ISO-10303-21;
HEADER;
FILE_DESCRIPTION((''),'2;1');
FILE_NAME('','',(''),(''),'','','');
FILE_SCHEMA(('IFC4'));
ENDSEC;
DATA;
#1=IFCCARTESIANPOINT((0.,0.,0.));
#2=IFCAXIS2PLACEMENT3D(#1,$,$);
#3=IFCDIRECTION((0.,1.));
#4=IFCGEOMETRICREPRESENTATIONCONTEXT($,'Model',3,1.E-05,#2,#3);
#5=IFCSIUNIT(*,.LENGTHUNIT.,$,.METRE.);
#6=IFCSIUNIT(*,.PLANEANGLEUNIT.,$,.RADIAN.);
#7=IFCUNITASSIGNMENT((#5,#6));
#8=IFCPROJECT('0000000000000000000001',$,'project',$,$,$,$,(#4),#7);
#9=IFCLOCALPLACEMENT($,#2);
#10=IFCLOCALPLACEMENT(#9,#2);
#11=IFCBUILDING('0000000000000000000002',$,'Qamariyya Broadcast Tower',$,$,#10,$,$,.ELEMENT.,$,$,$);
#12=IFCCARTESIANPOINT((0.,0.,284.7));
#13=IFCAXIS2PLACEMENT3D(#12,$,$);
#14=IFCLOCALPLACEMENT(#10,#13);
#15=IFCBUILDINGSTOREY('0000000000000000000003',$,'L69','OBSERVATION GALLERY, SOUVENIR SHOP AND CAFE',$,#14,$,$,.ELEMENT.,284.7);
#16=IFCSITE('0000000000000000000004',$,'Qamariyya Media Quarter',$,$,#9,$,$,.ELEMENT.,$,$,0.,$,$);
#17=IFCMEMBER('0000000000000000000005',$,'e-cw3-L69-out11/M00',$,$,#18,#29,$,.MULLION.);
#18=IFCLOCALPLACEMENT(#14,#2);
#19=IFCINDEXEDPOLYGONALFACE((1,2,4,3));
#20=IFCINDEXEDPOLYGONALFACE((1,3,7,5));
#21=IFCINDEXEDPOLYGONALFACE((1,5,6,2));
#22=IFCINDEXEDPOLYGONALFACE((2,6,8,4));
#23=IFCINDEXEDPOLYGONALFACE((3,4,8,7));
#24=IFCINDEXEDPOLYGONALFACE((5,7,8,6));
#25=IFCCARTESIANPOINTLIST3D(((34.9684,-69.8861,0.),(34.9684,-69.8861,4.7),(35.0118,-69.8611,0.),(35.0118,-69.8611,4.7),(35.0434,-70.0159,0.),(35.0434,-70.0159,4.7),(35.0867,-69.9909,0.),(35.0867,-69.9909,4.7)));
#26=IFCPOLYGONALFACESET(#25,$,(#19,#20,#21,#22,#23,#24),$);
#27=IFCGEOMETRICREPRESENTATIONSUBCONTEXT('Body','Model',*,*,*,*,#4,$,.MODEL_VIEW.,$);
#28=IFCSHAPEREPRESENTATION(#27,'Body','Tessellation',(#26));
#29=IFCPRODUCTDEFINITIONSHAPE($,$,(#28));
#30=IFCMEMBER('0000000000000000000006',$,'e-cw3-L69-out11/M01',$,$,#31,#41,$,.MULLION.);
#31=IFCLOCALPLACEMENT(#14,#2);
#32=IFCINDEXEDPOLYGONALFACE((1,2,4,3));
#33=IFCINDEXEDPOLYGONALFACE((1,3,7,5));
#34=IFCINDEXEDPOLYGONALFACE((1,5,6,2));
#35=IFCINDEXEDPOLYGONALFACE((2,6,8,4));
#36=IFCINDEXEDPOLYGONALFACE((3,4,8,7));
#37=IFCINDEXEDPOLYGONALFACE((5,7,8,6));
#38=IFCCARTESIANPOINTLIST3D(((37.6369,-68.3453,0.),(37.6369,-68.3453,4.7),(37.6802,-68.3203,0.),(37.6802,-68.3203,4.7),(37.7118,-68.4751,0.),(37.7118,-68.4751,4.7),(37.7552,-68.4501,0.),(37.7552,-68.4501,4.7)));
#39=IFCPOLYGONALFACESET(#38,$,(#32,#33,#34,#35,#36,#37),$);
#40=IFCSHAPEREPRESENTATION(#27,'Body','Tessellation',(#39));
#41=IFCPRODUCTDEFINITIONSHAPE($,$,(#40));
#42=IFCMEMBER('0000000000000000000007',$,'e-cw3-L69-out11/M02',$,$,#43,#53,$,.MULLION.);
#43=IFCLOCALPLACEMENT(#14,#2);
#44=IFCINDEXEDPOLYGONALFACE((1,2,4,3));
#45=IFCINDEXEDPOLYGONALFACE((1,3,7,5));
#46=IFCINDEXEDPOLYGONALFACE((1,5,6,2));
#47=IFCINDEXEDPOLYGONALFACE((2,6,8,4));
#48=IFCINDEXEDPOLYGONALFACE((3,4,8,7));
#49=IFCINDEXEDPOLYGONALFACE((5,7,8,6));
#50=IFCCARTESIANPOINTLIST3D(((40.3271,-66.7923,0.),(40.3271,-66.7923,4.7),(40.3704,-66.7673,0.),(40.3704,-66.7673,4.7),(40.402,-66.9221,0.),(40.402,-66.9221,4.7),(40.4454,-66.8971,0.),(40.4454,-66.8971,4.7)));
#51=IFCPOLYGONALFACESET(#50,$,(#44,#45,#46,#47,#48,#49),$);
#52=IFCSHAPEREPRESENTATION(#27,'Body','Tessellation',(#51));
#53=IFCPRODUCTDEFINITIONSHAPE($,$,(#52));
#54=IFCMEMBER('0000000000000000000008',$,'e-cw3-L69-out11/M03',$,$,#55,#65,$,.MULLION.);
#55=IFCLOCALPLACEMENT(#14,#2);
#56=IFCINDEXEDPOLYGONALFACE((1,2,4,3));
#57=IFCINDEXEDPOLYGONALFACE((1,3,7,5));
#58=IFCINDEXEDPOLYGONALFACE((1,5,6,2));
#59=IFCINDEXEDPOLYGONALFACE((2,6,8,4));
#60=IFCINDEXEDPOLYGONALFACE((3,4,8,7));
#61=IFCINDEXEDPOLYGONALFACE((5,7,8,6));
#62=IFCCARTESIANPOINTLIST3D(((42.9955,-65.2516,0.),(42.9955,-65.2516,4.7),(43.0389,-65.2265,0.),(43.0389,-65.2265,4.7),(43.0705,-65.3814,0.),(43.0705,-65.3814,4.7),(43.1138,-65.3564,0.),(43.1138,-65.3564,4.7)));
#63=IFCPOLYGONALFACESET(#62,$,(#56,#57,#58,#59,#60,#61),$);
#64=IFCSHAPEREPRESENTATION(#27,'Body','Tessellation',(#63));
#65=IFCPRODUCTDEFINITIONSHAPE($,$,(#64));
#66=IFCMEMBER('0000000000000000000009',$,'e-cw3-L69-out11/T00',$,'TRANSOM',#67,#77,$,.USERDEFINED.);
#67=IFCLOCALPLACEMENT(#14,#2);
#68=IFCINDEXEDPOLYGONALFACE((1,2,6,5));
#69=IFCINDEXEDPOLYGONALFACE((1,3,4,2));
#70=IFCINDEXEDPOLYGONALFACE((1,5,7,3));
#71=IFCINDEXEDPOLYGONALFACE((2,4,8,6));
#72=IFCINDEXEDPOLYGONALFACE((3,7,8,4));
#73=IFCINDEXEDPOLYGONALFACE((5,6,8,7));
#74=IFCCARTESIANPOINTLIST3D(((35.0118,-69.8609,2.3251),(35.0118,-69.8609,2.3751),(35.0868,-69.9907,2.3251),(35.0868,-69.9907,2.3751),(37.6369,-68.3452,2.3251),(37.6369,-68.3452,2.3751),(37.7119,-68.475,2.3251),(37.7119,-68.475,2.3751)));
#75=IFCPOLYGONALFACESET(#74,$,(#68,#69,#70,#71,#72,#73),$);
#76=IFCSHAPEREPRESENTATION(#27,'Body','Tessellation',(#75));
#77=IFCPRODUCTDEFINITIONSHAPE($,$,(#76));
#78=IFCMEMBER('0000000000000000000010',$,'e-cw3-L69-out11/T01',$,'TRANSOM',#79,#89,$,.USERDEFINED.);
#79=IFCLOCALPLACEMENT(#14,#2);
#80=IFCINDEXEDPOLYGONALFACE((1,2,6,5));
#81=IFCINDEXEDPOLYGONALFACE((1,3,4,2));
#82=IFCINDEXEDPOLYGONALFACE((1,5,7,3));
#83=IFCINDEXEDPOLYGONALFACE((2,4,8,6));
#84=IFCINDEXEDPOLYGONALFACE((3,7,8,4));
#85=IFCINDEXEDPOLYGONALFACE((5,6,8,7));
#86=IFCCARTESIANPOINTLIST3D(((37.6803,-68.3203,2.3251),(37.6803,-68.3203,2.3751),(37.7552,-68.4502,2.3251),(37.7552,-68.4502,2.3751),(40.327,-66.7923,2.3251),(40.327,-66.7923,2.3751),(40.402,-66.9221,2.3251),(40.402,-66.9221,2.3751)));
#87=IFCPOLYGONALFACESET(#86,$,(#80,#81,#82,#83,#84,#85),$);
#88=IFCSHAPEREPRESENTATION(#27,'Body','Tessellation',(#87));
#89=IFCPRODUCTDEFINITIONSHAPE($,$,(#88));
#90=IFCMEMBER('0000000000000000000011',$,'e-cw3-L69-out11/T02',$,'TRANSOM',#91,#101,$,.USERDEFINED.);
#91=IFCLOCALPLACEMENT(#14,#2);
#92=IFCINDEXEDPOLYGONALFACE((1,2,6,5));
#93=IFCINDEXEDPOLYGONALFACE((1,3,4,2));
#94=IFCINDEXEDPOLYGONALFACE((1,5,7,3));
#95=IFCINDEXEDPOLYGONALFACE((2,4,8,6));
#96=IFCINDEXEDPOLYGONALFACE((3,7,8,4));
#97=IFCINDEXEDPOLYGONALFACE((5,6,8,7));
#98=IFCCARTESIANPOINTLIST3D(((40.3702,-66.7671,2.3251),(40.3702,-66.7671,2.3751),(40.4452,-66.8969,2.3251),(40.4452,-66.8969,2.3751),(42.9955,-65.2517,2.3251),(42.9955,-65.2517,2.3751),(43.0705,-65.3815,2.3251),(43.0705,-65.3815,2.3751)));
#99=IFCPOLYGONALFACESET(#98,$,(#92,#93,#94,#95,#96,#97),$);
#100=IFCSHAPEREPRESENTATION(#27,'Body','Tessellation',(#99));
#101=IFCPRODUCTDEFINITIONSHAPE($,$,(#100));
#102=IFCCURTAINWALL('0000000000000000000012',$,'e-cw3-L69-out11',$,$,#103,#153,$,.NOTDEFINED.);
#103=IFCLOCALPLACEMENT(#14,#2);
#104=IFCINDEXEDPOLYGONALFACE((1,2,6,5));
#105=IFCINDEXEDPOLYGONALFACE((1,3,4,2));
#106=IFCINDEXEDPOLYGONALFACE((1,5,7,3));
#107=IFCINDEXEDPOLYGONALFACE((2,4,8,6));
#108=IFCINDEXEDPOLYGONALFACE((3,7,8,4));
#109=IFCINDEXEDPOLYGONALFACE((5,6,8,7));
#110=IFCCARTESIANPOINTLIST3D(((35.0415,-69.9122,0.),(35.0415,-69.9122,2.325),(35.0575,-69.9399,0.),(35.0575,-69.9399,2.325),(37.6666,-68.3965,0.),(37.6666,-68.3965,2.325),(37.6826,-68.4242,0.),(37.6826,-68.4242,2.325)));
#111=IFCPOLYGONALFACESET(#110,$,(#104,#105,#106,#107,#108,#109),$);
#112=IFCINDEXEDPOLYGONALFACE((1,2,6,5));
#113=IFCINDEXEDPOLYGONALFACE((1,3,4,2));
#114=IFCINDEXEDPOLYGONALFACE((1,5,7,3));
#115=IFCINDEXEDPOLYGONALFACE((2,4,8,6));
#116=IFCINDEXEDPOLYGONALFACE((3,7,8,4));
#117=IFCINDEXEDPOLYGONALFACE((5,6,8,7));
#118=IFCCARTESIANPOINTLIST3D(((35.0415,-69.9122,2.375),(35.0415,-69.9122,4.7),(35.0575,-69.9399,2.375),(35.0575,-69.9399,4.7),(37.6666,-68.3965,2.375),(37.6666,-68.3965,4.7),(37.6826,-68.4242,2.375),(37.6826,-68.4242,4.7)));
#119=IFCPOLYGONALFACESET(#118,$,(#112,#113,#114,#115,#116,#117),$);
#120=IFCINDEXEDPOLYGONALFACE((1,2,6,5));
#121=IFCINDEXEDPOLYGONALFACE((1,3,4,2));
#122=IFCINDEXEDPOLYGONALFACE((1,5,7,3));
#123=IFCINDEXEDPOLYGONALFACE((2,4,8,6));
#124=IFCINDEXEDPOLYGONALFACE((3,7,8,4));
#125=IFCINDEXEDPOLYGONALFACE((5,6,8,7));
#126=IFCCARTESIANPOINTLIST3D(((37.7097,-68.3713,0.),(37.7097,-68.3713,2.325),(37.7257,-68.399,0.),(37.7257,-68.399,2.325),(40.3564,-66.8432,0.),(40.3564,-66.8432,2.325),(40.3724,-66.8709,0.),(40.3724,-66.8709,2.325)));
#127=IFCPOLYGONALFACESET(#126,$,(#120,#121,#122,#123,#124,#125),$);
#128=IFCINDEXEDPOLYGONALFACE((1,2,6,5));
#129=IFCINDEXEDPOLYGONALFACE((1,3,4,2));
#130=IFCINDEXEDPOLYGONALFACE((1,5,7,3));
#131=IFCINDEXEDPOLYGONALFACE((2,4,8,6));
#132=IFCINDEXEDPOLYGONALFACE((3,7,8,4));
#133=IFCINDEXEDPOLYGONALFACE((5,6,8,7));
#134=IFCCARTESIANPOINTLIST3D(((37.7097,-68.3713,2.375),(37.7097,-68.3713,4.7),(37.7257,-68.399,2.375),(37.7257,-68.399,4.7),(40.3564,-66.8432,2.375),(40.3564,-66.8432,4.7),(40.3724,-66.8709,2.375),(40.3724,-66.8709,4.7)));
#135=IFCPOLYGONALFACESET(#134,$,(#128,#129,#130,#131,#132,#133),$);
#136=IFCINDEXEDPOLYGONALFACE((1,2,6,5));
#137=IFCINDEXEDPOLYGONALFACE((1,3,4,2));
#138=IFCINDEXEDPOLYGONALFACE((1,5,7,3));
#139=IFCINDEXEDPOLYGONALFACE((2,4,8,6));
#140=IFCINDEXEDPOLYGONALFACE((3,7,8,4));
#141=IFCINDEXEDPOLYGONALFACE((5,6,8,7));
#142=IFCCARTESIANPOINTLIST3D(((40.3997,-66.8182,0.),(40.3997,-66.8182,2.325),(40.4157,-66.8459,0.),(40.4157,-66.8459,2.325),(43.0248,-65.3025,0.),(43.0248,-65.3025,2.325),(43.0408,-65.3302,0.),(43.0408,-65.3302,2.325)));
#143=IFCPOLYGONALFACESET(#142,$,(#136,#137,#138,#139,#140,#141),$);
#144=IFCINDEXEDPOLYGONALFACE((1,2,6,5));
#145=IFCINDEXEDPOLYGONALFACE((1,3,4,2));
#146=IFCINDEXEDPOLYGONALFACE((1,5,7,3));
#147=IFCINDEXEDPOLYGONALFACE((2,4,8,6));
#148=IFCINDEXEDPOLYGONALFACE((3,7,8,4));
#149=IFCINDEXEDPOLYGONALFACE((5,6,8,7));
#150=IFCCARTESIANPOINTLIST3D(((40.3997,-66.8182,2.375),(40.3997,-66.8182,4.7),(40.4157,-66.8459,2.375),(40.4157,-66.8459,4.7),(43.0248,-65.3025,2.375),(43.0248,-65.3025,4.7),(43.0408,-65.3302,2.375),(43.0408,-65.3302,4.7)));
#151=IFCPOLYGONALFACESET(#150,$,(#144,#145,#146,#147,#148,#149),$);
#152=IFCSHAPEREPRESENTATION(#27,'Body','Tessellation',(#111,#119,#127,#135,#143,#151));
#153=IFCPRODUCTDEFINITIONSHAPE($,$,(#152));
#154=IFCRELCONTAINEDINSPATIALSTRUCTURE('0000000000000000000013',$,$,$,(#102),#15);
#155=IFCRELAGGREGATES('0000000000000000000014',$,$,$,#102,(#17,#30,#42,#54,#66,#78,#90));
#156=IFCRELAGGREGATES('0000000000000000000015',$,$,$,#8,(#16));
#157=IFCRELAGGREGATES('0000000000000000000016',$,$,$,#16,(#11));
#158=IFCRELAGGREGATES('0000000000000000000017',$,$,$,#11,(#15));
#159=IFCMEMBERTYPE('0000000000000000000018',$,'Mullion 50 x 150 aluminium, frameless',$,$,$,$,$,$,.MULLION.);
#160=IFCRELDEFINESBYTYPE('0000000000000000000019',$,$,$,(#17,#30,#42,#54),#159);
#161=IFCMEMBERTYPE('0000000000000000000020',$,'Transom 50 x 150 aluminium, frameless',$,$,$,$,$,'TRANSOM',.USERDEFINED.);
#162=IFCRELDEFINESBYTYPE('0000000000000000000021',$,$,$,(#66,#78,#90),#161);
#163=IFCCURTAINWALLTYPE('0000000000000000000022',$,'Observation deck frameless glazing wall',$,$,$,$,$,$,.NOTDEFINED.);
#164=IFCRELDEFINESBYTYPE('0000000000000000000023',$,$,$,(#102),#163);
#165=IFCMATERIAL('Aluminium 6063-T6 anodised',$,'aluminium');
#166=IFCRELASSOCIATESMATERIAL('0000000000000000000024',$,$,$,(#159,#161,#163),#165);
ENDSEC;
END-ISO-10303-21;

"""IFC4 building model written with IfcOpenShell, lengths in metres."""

from ifc_helpers import new_model, si_unit, direction, frame, origin, origin_2d, place, context, subcontext, project, spatial, rectangle, extrude, material, material_profile, profile_set, type_object, element, aggregate, save


model = new_model("IFC4")

# Units and contexts
model_context = context("Model", 3, precision=1e-05, world=origin(), true_north=direction((0.0, 1.0)))
body_context = subcontext(model_context, "Body", "Model", "MODEL_VIEW")
ifc_project = project(units=[si_unit("LENGTHUNIT", "METRE"), si_unit("PLANEANGLEUNIT", "RADIAN")], contexts=[model_context])

# Members
ifc_material = material(Name="Aluminium 6063-T6 anodised", Category="aluminium")
ifc_material_profile_1 = material_profile(ifc_material, rectangle(XDim=0.1499, YDim=0.05, at=origin_2d()))
ifc_profile_set_1 = profile_set([ifc_material_profile_1], Name="Aluminium 6063-T6 anodised")
member_type_1 = type_object("IfcMemberType", Name="Mullion 50 x 150 aluminium, frameless", PredefinedType="MULLION", material=ifc_profile_set_1)
site_placement = place(None, origin())
building_placement = place(site_placement, origin())
storey_placement = place(building_placement, frame((0.0, 0.0, 284.7)))
member_1_placement = place(storey_placement, frame((35.0276, -69.9385, 0.0), z_axis=(0.0, 0.0, 1.0), x_axis=(-0.5, 0.866025, 0.0)))
member_1 = element("IfcMember", 1, at=member_1_placement, type_object=member_type_1, Name="e-cw3-L69-out11/M00", PredefinedType="MULLION", context=body_context, shape_type="SweptSolid", body=[
    extrude(rectangle(XDim=0.1499, YDim=0.05, at=origin_2d()), origin(), (0.0, 0.0, 1.0), 4.7),
])
member_2_placement = place(storey_placement, frame((37.696, -68.3977, 0.0), z_axis=(0.0, 0.0, 1.0), x_axis=(-0.5, 0.866025, 0.0)))
member_2 = element("IfcMember", 2, at=member_2_placement, type_object=member_type_1, Name="e-cw3-L69-out11/M01", PredefinedType="MULLION", context=body_context, shape_type="SweptSolid", body=[
    extrude(rectangle(XDim=0.1499, YDim=0.05, at=origin_2d()), origin(), (0.0, 0.0, 1.0), 4.7),
])
member_3_placement = place(storey_placement, frame((40.3862, -66.8447, 0.0), z_axis=(0.0, 0.0, 1.0), x_axis=(-0.5, 0.866025, 0.0)))
member_3 = element("IfcMember", 3, at=member_3_placement, type_object=member_type_1, Name="e-cw3-L69-out11/M02", PredefinedType="MULLION", context=body_context, shape_type="SweptSolid", body=[
    extrude(rectangle(XDim=0.1499, YDim=0.05, at=origin_2d()), origin(), (0.0, 0.0, 1.0), 4.7),
])
member_4_placement = place(storey_placement, frame((43.0547, -65.304, 0.0), z_axis=(0.0, 0.0, 1.0), x_axis=(-0.5, 0.866025, 0.0)))
member_4 = element("IfcMember", 4, at=member_4_placement, type_object=member_type_1, Name="e-cw3-L69-out11/M03", PredefinedType="MULLION", context=body_context, shape_type="SweptSolid", body=[
    extrude(rectangle(XDim=0.1499, YDim=0.05, at=origin_2d()), origin(), (0.0, 0.0, 1.0), 4.7),
])
ifc_material_profile_2 = material_profile(ifc_material, rectangle(XDim=0.1499, YDim=0.05, at=origin_2d()))
ifc_profile_set_2 = profile_set([ifc_material_profile_2], Name="Aluminium 6063-T6 anodised")
member_type_2 = type_object("IfcMemberType", Name="Transom 50 x 150 aluminium, frameless", ElementType="TRANSOM", PredefinedType="USERDEFINED", material=ifc_profile_set_2)
member_5_placement = place(storey_placement, frame((35.0493, -69.9258, 2.3501), z_axis=(0.866014, 0.50002, 0.0), x_axis=(-0.50002, 0.866014, 0.0)))
member_5 = element("IfcMember", 5, at=member_5_placement, type_object=member_type_2, Name="e-cw3-L69-out11/T00", ObjectType="TRANSOM", PredefinedType="USERDEFINED", context=body_context, shape_type="SweptSolid", body=[
    extrude(rectangle(XDim=0.1499, YDim=0.05, at=origin_2d()), origin(), (0.0, 0.0, 1.0), 3.0312),
])
member_6_placement = place(storey_placement, frame((37.7178, -68.3853, 2.3501), z_axis=(0.866027, 0.499997, 0.0), x_axis=(-0.499997, 0.866027, 0.0)))
member_6 = element("IfcMember", 6, at=member_6_placement, type_object=member_type_2, Name="e-cw3-L69-out11/T01", ObjectType="TRANSOM", PredefinedType="USERDEFINED", context=body_context, shape_type="SweptSolid", body=[
    extrude(rectangle(XDim=0.1499, YDim=0.05, at=origin_2d()), origin(), (0.0, 0.0, 1.0), 3.0562),
])
member_7_placement = place(storey_placement, frame((40.4077, -66.832, 2.3501), z_axis=(0.866069, 0.499925, 0.0), x_axis=(-0.499925, 0.866069, 0.0)))
member_7 = element("IfcMember", 7, at=member_7_placement, type_object=member_type_2, Name="e-cw3-L69-out11/T02", ObjectType="TRANSOM", PredefinedType="USERDEFINED", context=body_context, shape_type="SweptSolid", body=[
    extrude(rectangle(XDim=0.1499, YDim=0.05, at=origin_2d()), origin(), (0.0, 0.0, 1.0), 3.0312),
])

# Site, building, storey
site = spatial("IfcSite", under=ifc_project, at=site_placement, Name="Qamariyya Media Quarter", CompositionType="ELEMENT", RefElevation=0.0)
building = spatial("IfcBuilding", under=site, at=building_placement, Name="Qamariyya Broadcast Tower", CompositionType="ELEMENT")
storey = spatial("IfcBuildingStorey", under=building, at=storey_placement, Name="L69", Description="OBSERVATION GALLERY, SOUVENIR SHOP AND CAFE", CompositionType="ELEMENT", Elevation=284.7)

# Curtain wall
curtain_wall_type = type_object("IfcCurtainWallType", Name="Observation deck frameless glazing wall", PredefinedType="NOTDEFINED", material=ifc_material)
curtain_wall_1_placement = place(storey_placement, origin())
curtain_wall_1 = element("IfcCurtainWall", 8, at=curtain_wall_1_placement, inside=storey, type_object=curtain_wall_type, Name="e-cw3-L69-out11", PredefinedType="NOTDEFINED", context=body_context, shape_type="SweptSolid", body=[
    extrude(rectangle(XDim=3.0312, YDim=0.032, at=origin_2d()), frame((36.3621, -69.1682, 0.0), x_axis=(0.866018, 0.500013, 0.0)), (0.0, 0.0, 1.0), 2.325),
    extrude(rectangle(XDim=3.0312, YDim=0.032, at=origin_2d()), frame((36.3621, -69.1682, 2.375), x_axis=(0.866018, 0.500013, 0.0)), (0.0, 0.0, 1.0), 2.325),
    extrude(rectangle(XDim=3.0562, YDim=0.032, at=origin_2d()), frame((39.041, -67.6211, 0.0), x_axis=(0.866018, 0.500013, 0.0)), (0.0, 0.0, 1.0), 2.325),
    extrude(rectangle(XDim=3.0562, YDim=0.032, at=origin_2d()), frame((39.041, -67.6211, 2.375), x_axis=(0.866018, 0.500013, 0.0)), (0.0, 0.0, 1.0), 2.325),
    extrude(rectangle(XDim=3.0312, YDim=0.032, at=origin_2d()), frame((41.7202, -66.0742, 0.0), x_axis=(0.866018, 0.500013, 0.0)), (0.0, 0.0, 1.0), 2.325),
    extrude(rectangle(XDim=3.0312, YDim=0.032, at=origin_2d()), frame((41.7202, -66.0742, 2.375), x_axis=(0.866018, 0.500013, 0.0)), (0.0, 0.0, 1.0), 2.325),
])
aggregate(curtain_wall_1, [member_1, member_2, member_3, member_4, member_5, member_6, member_7])

save(model, "model.ifc")
